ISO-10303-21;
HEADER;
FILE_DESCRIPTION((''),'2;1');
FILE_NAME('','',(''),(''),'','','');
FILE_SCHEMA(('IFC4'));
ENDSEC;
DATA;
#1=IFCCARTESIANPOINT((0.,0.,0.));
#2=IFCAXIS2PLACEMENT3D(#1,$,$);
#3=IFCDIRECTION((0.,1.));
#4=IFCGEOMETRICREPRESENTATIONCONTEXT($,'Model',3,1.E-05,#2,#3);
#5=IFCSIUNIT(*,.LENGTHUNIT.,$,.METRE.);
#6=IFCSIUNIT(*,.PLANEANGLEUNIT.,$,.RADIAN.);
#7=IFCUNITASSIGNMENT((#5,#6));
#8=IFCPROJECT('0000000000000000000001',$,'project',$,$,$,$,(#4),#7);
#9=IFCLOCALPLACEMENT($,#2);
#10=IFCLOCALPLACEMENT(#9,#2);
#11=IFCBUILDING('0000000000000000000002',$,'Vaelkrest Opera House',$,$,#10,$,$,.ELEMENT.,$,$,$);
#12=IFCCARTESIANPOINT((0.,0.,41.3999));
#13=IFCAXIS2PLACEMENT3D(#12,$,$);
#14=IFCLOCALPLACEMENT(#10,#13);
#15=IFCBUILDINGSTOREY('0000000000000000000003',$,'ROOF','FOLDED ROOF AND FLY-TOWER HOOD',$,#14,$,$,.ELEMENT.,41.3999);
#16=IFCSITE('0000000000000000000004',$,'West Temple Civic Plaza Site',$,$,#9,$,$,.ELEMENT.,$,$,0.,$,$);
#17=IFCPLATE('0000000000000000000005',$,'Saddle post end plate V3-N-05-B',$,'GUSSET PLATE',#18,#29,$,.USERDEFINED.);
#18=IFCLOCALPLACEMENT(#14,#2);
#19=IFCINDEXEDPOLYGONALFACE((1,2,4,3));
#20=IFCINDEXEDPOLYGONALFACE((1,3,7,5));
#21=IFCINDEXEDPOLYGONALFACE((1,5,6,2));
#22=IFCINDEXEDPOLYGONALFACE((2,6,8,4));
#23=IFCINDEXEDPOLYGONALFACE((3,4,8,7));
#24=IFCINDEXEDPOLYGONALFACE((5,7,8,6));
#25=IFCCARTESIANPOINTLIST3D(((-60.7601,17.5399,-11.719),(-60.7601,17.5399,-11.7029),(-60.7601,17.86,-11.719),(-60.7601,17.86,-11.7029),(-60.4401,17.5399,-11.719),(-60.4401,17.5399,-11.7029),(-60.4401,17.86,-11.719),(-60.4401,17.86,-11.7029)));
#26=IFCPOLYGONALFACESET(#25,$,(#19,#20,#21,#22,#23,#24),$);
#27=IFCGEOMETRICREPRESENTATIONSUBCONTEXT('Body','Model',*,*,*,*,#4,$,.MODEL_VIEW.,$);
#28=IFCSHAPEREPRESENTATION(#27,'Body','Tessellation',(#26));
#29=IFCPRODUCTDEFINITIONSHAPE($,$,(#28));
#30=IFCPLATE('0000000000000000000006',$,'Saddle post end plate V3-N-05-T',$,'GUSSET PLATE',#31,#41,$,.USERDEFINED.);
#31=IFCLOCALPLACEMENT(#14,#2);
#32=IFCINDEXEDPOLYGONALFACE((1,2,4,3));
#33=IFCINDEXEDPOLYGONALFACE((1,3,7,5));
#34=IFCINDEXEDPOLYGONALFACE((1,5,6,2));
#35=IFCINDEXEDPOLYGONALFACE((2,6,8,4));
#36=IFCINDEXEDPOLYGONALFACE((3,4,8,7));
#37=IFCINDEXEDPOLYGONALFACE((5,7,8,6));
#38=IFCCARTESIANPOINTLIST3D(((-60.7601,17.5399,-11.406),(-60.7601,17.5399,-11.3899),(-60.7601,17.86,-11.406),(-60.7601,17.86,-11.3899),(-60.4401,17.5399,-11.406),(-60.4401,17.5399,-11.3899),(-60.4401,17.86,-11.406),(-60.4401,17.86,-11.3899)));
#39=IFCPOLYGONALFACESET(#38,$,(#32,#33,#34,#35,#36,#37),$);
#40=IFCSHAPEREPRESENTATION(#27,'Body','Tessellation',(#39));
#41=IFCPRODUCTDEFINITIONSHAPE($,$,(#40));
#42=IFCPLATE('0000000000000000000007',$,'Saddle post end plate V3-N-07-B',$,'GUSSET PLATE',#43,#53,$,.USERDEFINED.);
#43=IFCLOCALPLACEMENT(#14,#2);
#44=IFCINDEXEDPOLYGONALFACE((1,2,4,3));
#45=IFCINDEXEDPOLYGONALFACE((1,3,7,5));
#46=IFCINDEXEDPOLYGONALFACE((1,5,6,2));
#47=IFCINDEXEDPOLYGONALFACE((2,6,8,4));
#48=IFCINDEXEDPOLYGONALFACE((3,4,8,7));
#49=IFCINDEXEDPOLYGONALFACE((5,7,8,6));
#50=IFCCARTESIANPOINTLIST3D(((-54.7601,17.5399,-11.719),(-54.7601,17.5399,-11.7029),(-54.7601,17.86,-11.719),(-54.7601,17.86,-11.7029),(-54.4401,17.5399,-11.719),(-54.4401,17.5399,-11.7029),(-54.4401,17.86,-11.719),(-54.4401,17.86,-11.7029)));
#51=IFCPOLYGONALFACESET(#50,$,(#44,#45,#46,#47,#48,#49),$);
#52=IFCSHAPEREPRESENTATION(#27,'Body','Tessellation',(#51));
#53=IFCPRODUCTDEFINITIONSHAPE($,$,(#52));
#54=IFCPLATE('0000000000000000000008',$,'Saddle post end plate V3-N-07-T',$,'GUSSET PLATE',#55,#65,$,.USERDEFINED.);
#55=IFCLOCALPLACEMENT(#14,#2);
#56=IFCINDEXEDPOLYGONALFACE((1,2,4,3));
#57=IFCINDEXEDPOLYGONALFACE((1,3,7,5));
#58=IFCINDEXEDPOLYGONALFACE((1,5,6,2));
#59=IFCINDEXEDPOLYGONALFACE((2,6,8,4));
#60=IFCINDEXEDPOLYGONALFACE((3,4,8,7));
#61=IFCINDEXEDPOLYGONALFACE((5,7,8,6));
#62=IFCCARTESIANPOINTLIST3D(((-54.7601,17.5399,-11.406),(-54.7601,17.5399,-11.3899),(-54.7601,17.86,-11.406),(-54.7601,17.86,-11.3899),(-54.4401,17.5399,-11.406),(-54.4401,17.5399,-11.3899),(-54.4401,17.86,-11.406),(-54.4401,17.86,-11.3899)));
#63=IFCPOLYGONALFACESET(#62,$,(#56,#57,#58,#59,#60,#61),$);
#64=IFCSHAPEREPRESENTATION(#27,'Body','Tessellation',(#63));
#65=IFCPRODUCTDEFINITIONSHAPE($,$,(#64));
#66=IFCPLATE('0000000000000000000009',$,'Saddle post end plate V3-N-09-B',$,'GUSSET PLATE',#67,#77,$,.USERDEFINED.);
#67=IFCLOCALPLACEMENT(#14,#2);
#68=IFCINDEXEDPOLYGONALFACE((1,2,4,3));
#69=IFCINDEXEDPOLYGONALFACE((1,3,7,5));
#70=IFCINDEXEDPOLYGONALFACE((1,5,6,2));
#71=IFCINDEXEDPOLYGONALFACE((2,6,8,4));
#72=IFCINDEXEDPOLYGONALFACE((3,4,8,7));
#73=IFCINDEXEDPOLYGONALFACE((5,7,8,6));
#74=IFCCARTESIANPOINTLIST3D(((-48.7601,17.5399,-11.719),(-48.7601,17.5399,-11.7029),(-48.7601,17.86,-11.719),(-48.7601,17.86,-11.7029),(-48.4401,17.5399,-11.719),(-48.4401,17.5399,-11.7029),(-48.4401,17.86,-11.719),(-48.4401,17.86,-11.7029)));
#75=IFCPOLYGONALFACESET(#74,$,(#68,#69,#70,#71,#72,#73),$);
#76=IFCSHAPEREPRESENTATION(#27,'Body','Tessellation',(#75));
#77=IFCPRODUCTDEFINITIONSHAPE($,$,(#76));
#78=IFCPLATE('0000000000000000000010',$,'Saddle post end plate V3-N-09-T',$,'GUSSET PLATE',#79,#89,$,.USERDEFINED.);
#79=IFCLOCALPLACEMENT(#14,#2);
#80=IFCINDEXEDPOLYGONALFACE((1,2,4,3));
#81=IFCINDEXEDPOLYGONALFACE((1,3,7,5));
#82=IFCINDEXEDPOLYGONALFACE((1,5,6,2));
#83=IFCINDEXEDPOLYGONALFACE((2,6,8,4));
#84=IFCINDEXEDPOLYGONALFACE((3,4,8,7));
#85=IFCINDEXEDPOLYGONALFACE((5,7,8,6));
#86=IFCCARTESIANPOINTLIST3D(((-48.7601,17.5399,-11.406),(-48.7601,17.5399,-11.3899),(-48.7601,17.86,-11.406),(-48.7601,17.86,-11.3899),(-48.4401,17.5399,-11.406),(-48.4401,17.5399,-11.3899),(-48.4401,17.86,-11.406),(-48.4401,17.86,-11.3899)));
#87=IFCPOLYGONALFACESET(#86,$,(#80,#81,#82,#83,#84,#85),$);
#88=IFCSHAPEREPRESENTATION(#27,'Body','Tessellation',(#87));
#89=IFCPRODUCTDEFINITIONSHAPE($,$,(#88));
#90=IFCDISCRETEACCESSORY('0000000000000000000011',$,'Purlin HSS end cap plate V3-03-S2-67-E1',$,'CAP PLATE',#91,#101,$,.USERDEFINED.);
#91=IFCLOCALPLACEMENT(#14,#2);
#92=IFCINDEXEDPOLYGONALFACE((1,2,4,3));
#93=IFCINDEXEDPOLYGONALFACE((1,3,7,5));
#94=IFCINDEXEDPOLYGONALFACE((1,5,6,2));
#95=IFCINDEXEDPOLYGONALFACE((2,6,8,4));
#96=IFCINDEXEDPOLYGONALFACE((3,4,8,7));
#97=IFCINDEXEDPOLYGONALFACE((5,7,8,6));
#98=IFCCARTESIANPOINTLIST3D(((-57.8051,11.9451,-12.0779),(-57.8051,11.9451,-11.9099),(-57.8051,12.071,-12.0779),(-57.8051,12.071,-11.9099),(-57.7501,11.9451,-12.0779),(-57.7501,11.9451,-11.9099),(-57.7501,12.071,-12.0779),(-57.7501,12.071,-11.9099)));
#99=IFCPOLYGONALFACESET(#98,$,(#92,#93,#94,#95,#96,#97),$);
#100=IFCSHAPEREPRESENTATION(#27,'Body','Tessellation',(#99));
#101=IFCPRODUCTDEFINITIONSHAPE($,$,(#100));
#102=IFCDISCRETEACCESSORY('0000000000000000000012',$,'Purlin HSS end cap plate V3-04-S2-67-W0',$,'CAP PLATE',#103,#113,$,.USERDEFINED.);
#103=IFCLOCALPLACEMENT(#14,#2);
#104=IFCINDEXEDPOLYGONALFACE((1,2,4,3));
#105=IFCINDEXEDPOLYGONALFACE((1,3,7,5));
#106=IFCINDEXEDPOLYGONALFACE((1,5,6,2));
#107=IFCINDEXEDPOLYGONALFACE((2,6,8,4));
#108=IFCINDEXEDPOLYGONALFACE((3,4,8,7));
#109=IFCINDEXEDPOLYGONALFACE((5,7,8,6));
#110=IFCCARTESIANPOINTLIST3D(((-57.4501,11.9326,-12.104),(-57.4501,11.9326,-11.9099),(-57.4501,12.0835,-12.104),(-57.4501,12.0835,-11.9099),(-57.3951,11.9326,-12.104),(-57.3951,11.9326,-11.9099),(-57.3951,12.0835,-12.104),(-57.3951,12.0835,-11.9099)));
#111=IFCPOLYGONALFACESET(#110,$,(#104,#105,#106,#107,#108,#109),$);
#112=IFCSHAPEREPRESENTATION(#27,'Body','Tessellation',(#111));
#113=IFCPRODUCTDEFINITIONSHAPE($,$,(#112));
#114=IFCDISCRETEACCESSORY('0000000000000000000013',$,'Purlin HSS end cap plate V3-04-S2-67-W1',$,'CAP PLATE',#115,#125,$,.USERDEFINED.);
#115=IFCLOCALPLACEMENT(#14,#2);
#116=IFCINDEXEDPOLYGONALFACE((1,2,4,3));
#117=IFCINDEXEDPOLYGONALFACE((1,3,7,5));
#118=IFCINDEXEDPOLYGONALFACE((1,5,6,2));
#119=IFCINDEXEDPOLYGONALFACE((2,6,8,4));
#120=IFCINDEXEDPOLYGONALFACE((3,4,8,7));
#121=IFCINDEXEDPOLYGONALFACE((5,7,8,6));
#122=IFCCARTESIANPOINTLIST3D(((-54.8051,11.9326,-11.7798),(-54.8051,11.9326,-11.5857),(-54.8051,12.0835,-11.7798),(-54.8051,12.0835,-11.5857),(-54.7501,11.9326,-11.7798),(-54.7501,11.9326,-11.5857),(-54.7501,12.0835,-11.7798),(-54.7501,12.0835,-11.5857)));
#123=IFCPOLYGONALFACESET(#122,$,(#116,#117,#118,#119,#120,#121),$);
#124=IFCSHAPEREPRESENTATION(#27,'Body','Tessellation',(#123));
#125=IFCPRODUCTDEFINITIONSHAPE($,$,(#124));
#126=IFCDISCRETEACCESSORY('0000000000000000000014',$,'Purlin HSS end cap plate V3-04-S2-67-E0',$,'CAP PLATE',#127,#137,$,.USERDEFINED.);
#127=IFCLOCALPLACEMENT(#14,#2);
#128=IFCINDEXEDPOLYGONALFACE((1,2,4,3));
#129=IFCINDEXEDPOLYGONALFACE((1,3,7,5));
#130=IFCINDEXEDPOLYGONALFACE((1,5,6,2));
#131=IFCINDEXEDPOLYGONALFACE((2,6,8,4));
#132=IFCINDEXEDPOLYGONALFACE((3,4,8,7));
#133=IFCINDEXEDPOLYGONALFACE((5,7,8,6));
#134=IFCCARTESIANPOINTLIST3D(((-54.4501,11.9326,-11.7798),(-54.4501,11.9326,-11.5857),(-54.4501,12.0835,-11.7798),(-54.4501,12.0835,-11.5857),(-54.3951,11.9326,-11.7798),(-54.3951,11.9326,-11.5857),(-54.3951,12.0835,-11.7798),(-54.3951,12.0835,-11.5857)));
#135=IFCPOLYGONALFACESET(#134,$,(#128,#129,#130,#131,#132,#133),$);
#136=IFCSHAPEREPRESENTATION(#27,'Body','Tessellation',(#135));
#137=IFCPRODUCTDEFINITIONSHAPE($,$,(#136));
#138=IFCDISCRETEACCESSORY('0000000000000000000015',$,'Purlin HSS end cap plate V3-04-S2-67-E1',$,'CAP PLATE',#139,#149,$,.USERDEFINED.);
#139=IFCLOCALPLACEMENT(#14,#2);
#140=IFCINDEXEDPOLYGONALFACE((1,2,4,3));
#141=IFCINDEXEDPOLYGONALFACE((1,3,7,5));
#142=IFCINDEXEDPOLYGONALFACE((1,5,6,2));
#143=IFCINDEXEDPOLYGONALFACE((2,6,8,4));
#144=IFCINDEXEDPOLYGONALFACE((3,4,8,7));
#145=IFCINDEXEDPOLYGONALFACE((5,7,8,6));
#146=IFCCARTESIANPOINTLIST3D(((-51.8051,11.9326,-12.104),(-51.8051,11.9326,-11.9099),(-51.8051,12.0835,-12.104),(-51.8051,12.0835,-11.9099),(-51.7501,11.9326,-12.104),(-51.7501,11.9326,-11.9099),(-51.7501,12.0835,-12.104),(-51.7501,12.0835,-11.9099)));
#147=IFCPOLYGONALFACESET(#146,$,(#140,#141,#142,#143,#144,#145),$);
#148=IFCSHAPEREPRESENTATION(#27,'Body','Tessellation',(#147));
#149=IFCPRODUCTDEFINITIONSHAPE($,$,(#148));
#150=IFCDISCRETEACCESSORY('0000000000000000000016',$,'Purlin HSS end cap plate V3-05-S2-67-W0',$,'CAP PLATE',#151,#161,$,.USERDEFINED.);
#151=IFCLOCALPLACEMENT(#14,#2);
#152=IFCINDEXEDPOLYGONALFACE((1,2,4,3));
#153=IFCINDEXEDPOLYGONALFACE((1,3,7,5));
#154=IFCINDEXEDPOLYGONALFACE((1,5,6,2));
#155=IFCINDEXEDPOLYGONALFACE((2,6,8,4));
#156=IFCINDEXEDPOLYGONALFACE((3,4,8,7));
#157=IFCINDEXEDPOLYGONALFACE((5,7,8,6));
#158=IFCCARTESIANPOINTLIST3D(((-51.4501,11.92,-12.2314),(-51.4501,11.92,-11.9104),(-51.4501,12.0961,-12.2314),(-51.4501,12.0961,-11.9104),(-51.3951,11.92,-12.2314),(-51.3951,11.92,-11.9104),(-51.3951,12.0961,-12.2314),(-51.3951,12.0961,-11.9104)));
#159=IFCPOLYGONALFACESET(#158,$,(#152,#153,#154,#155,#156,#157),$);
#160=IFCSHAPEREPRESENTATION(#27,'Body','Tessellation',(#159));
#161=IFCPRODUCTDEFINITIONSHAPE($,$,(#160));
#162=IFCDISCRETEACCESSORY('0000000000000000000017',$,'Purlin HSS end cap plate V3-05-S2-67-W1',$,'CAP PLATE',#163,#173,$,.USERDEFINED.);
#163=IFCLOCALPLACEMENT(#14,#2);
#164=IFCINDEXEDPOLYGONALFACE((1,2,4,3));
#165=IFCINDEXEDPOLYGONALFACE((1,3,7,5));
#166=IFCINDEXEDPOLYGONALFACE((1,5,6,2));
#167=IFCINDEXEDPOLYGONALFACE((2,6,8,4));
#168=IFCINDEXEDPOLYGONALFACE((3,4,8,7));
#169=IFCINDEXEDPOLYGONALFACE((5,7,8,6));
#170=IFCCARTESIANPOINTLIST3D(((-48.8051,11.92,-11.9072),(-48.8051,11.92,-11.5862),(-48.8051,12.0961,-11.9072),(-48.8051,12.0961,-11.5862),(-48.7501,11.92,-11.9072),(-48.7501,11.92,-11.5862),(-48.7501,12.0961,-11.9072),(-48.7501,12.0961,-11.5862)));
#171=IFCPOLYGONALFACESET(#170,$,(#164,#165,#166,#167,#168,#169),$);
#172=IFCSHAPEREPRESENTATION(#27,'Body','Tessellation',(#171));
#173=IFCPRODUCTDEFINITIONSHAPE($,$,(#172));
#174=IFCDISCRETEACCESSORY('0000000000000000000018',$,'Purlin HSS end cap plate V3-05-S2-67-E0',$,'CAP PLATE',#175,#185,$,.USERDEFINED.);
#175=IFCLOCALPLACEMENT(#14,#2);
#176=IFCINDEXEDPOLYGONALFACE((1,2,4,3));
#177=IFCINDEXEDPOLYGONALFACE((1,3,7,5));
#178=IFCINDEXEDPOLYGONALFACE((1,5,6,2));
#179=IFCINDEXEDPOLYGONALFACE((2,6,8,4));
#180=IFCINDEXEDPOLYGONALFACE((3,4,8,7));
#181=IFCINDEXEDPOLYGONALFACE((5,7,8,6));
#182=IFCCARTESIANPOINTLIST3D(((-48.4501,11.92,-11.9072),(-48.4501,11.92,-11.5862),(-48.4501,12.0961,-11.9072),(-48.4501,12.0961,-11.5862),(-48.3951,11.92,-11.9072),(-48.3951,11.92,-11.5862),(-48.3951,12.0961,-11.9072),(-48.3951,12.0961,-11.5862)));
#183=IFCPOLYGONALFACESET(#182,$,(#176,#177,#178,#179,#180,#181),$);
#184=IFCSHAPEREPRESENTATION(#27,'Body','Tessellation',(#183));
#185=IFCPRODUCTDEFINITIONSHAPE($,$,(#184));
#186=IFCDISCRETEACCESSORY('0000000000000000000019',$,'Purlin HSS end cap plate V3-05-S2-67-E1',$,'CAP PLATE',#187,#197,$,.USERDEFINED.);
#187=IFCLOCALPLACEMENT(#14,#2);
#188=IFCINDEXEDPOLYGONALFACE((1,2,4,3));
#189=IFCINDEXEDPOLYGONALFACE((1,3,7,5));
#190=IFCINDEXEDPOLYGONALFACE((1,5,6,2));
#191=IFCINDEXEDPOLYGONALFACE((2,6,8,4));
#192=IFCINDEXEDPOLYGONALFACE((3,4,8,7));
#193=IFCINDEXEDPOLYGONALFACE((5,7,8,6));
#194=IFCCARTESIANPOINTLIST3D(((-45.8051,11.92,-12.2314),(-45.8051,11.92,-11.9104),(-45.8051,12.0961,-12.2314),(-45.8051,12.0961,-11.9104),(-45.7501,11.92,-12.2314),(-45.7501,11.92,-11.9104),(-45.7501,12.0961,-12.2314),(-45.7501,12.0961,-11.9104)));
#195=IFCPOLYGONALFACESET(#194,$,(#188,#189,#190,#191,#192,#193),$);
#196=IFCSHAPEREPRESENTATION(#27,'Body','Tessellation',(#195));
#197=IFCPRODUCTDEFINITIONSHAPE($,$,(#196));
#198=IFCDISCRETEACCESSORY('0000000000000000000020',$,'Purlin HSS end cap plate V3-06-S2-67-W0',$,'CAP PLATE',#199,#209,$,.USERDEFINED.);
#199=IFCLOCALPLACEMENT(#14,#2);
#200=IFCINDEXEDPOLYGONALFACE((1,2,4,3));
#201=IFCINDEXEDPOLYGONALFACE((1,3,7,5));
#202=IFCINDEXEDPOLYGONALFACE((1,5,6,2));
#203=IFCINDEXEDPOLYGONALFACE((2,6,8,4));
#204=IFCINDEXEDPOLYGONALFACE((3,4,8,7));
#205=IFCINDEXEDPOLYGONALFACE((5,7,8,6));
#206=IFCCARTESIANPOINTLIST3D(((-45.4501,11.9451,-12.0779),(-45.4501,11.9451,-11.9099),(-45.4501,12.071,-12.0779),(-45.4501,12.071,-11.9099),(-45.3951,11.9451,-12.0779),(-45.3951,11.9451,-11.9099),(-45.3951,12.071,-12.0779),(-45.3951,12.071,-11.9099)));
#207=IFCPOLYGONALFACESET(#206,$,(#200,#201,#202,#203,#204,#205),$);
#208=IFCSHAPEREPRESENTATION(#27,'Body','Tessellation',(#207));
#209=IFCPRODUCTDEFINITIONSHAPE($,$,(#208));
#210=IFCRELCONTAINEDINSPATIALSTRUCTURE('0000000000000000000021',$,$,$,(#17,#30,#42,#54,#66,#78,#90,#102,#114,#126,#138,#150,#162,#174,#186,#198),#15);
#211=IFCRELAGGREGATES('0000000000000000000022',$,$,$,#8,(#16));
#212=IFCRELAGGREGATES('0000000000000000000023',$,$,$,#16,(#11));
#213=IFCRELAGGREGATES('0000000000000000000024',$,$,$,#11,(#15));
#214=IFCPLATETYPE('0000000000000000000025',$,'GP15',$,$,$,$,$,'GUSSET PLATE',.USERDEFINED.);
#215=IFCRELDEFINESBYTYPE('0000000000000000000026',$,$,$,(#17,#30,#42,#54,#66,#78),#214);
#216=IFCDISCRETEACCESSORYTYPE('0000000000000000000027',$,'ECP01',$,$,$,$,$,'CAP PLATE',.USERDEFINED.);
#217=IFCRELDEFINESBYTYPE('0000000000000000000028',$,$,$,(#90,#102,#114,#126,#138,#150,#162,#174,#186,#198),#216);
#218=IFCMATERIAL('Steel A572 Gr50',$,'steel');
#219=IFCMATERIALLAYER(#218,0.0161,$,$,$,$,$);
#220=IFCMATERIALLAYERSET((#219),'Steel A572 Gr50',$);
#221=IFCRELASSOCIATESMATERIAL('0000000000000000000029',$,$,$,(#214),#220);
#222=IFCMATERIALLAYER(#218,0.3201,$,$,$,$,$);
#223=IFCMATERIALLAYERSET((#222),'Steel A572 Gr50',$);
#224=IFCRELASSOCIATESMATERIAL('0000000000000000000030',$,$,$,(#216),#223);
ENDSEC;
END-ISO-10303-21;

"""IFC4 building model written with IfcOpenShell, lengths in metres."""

from ifc_helpers import new_model, si_unit, direction, frame, origin, origin_2d, place, context, subcontext, project, spatial, rectangle, extrude, material, layer, layer_set, type_object, element, save


model = new_model("IFC4")

# Units and contexts
model_context = context("Model", 3, precision=1e-05, world=origin(), true_north=direction((0.0, 1.0)))
body_context = subcontext(model_context, "Body", "Model", "MODEL_VIEW")
ifc_project = project(units=[si_unit("LENGTHUNIT", "METRE"), si_unit("PLANEANGLEUNIT", "RADIAN")], contexts=[model_context])

# Site, building, storey
site_placement = place(None, origin())
site = spatial("IfcSite", under=ifc_project, at=site_placement, Name="West Temple Civic Plaza Site", CompositionType="ELEMENT", RefElevation=0.0)
building_placement = place(site_placement, origin())
building = spatial("IfcBuilding", under=site, at=building_placement, Name="Vaelkrest Opera House", CompositionType="ELEMENT")
storey_placement = place(building_placement, frame((0.0, 0.0, 41.3999)))
storey = spatial("IfcBuildingStorey", under=building, at=storey_placement, Name="ROOF", Description="FOLDED ROOF AND FLY-TOWER HOOD", CompositionType="ELEMENT", Elevation=41.3999)

# Plates
ifc_material_1 = material(Name="Steel A572 Gr50", Category="steel")
ifc_layer_1 = layer(ifc_material_1, 0.0161)
ifc_layer_set_1 = layer_set([ifc_layer_1], Name="Steel A572 Gr50")
plate_type_1 = type_object("IfcPlateType", Name="GP15", ElementType="GUSSET PLATE", PredefinedType="USERDEFINED", material=ifc_layer_set_1)
for number, where, z_axis, x_axis, name in (
    (1, (-60.6001, 17.7, -11.719), (0.0, 0.0, 1.0), (1.0, 0.0, 0.0), "Saddle post end plate V3-N-05-B"),
    (2, (-60.6001, 17.7, -11.406), (0.0, 0.0, 1.0), (1.0, 0.0, 0.0), "Saddle post end plate V3-N-05-T"),
    (3, (-54.6001, 17.7, -11.719), (0.0, 0.0, 1.0), (1.0, 0.0, 0.0), "Saddle post end plate V3-N-07-B"),
    (4, (-54.6001, 17.7, -11.406), (0.0, 0.0, 1.0), (1.0, 0.0, 0.0), "Saddle post end plate V3-N-07-T"),
    (5, (-48.6001, 17.7, -11.719), (0.0, 0.0, 1.0), (1.0, 0.0, 0.0), "Saddle post end plate V3-N-09-B"),
    (6, (-48.6001, 17.7, -11.406), (0.0, 0.0, 1.0), (1.0, 0.0, 0.0), "Saddle post end plate V3-N-09-T"),
):
    element("IfcPlate", number, at=place(storey_placement, frame(where, z_axis=z_axis, x_axis=x_axis)), inside=storey, type_object=plate_type_1, Name=name, ObjectType="GUSSET PLATE", PredefinedType="USERDEFINED", context=body_context, shape_type="SweptSolid", body=[
        extrude(rectangle(XDim=0.3201, YDim=0.3201, at=origin_2d()), origin(), (0.0, 0.0, 1.0), 0.0161),
    ])

# Discrete accessories
ifc_layer_2 = layer(ifc_material_1, 0.3201)
ifc_layer_set_2 = layer_set([ifc_layer_2], Name="Steel A572 Gr50")
discrete_accessory_type = type_object("IfcDiscreteAccessoryType", Name="ECP01", ElementType="CAP PLATE", PredefinedType="USERDEFINED", material=ifc_layer_set_2)
discrete_accessory_1_placement = place(storey_placement, frame((-57.7776, 12.0081, -12.0779), z_axis=(0.0, 0.0, 1.0), x_axis=(1.0, 0.0, 0.0)))
element("IfcDiscreteAccessory", 7, at=discrete_accessory_1_placement, inside=storey, type_object=discrete_accessory_type, Name="Purlin HSS end cap plate V3-03-S2-67-E1", ObjectType="CAP PLATE", PredefinedType="USERDEFINED", context=body_context, shape_type="SweptSolid", body=[
    extrude(rectangle(XDim=0.0549, YDim=0.126, at=origin_2d()), origin(), (0.0, 0.0, 1.0), 0.168),
])
for number, where, z_axis, x_axis, name in (
    (8, (-57.4226, 12.0081, -12.104), (0.0, 0.0, 1.0), (1.0, 0.0, 0.0), "Purlin HSS end cap plate V3-04-S2-67-W0"),
    (9, (-54.7776, 12.0081, -11.7798), (0.0, 0.0, 1.0), (1.0, 0.0, 0.0), "Purlin HSS end cap plate V3-04-S2-67-W1"),
    (10, (-54.4226, 12.0081, -11.7798), (0.0, 0.0, 1.0), (1.0, 0.0, 0.0), "Purlin HSS end cap plate V3-04-S2-67-E0"),
    (11, (-51.7776, 12.0081, -12.104), (0.0, 0.0, 1.0), (1.0, 0.0, 0.0), "Purlin HSS end cap plate V3-04-S2-67-E1"),
):
    element("IfcDiscreteAccessory", number, at=place(storey_placement, frame(where, z_axis=z_axis, x_axis=x_axis)), inside=storey, type_object=discrete_accessory_type, Name=name, ObjectType="CAP PLATE", PredefinedType="USERDEFINED", context=body_context, shape_type="SweptSolid", body=[
        extrude(rectangle(XDim=0.0549, YDim=0.1509, at=origin_2d()), origin(), (0.0, 0.0, 1.0), 0.1941),
    ])
for number, where, z_axis, x_axis, name in (
    (12, (-51.4226, 12.0081, -12.2314), (0.0, 0.0, 1.0), (1.0, 0.0, 0.0), "Purlin HSS end cap plate V3-05-S2-67-W0"),
    (13, (-48.7776, 12.0081, -11.9072), (0.0, 0.0, 1.0), (1.0, 0.0, 0.0), "Purlin HSS end cap plate V3-05-S2-67-W1"),
    (14, (-48.4226, 12.0081, -11.9072), (0.0, 0.0, 1.0), (1.0, 0.0, 0.0), "Purlin HSS end cap plate V3-05-S2-67-E0"),
    (15, (-45.7776, 12.0081, -12.2314), (0.0, 0.0, 1.0), (1.0, 0.0, 0.0), "Purlin HSS end cap plate V3-05-S2-67-E1"),
):
    element("IfcDiscreteAccessory", number, at=place(storey_placement, frame(where, z_axis=z_axis, x_axis=x_axis)), inside=storey, type_object=discrete_accessory_type, Name=name, ObjectType="CAP PLATE", PredefinedType="USERDEFINED", context=body_context, shape_type="SweptSolid", body=[
        extrude(rectangle(XDim=0.0549, YDim=0.176, at=origin_2d()), origin(), (0.0, 0.0, 1.0), 0.321),
    ])
discrete_accessory_2_placement = place(storey_placement, frame((-45.4226, 12.0081, -12.0779), z_axis=(0.0, 0.0, 1.0), x_axis=(1.0, 0.0, 0.0)))
element("IfcDiscreteAccessory", 16, at=discrete_accessory_2_placement, inside=storey, type_object=discrete_accessory_type, Name="Purlin HSS end cap plate V3-06-S2-67-W0", ObjectType="CAP PLATE", PredefinedType="USERDEFINED", context=body_context, shape_type="SweptSolid", body=[
    extrude(rectangle(XDim=0.0549, YDim=0.126, at=origin_2d()), origin(), (0.0, 0.0, 1.0), 0.168),
])

save(model, "model.ifc")
